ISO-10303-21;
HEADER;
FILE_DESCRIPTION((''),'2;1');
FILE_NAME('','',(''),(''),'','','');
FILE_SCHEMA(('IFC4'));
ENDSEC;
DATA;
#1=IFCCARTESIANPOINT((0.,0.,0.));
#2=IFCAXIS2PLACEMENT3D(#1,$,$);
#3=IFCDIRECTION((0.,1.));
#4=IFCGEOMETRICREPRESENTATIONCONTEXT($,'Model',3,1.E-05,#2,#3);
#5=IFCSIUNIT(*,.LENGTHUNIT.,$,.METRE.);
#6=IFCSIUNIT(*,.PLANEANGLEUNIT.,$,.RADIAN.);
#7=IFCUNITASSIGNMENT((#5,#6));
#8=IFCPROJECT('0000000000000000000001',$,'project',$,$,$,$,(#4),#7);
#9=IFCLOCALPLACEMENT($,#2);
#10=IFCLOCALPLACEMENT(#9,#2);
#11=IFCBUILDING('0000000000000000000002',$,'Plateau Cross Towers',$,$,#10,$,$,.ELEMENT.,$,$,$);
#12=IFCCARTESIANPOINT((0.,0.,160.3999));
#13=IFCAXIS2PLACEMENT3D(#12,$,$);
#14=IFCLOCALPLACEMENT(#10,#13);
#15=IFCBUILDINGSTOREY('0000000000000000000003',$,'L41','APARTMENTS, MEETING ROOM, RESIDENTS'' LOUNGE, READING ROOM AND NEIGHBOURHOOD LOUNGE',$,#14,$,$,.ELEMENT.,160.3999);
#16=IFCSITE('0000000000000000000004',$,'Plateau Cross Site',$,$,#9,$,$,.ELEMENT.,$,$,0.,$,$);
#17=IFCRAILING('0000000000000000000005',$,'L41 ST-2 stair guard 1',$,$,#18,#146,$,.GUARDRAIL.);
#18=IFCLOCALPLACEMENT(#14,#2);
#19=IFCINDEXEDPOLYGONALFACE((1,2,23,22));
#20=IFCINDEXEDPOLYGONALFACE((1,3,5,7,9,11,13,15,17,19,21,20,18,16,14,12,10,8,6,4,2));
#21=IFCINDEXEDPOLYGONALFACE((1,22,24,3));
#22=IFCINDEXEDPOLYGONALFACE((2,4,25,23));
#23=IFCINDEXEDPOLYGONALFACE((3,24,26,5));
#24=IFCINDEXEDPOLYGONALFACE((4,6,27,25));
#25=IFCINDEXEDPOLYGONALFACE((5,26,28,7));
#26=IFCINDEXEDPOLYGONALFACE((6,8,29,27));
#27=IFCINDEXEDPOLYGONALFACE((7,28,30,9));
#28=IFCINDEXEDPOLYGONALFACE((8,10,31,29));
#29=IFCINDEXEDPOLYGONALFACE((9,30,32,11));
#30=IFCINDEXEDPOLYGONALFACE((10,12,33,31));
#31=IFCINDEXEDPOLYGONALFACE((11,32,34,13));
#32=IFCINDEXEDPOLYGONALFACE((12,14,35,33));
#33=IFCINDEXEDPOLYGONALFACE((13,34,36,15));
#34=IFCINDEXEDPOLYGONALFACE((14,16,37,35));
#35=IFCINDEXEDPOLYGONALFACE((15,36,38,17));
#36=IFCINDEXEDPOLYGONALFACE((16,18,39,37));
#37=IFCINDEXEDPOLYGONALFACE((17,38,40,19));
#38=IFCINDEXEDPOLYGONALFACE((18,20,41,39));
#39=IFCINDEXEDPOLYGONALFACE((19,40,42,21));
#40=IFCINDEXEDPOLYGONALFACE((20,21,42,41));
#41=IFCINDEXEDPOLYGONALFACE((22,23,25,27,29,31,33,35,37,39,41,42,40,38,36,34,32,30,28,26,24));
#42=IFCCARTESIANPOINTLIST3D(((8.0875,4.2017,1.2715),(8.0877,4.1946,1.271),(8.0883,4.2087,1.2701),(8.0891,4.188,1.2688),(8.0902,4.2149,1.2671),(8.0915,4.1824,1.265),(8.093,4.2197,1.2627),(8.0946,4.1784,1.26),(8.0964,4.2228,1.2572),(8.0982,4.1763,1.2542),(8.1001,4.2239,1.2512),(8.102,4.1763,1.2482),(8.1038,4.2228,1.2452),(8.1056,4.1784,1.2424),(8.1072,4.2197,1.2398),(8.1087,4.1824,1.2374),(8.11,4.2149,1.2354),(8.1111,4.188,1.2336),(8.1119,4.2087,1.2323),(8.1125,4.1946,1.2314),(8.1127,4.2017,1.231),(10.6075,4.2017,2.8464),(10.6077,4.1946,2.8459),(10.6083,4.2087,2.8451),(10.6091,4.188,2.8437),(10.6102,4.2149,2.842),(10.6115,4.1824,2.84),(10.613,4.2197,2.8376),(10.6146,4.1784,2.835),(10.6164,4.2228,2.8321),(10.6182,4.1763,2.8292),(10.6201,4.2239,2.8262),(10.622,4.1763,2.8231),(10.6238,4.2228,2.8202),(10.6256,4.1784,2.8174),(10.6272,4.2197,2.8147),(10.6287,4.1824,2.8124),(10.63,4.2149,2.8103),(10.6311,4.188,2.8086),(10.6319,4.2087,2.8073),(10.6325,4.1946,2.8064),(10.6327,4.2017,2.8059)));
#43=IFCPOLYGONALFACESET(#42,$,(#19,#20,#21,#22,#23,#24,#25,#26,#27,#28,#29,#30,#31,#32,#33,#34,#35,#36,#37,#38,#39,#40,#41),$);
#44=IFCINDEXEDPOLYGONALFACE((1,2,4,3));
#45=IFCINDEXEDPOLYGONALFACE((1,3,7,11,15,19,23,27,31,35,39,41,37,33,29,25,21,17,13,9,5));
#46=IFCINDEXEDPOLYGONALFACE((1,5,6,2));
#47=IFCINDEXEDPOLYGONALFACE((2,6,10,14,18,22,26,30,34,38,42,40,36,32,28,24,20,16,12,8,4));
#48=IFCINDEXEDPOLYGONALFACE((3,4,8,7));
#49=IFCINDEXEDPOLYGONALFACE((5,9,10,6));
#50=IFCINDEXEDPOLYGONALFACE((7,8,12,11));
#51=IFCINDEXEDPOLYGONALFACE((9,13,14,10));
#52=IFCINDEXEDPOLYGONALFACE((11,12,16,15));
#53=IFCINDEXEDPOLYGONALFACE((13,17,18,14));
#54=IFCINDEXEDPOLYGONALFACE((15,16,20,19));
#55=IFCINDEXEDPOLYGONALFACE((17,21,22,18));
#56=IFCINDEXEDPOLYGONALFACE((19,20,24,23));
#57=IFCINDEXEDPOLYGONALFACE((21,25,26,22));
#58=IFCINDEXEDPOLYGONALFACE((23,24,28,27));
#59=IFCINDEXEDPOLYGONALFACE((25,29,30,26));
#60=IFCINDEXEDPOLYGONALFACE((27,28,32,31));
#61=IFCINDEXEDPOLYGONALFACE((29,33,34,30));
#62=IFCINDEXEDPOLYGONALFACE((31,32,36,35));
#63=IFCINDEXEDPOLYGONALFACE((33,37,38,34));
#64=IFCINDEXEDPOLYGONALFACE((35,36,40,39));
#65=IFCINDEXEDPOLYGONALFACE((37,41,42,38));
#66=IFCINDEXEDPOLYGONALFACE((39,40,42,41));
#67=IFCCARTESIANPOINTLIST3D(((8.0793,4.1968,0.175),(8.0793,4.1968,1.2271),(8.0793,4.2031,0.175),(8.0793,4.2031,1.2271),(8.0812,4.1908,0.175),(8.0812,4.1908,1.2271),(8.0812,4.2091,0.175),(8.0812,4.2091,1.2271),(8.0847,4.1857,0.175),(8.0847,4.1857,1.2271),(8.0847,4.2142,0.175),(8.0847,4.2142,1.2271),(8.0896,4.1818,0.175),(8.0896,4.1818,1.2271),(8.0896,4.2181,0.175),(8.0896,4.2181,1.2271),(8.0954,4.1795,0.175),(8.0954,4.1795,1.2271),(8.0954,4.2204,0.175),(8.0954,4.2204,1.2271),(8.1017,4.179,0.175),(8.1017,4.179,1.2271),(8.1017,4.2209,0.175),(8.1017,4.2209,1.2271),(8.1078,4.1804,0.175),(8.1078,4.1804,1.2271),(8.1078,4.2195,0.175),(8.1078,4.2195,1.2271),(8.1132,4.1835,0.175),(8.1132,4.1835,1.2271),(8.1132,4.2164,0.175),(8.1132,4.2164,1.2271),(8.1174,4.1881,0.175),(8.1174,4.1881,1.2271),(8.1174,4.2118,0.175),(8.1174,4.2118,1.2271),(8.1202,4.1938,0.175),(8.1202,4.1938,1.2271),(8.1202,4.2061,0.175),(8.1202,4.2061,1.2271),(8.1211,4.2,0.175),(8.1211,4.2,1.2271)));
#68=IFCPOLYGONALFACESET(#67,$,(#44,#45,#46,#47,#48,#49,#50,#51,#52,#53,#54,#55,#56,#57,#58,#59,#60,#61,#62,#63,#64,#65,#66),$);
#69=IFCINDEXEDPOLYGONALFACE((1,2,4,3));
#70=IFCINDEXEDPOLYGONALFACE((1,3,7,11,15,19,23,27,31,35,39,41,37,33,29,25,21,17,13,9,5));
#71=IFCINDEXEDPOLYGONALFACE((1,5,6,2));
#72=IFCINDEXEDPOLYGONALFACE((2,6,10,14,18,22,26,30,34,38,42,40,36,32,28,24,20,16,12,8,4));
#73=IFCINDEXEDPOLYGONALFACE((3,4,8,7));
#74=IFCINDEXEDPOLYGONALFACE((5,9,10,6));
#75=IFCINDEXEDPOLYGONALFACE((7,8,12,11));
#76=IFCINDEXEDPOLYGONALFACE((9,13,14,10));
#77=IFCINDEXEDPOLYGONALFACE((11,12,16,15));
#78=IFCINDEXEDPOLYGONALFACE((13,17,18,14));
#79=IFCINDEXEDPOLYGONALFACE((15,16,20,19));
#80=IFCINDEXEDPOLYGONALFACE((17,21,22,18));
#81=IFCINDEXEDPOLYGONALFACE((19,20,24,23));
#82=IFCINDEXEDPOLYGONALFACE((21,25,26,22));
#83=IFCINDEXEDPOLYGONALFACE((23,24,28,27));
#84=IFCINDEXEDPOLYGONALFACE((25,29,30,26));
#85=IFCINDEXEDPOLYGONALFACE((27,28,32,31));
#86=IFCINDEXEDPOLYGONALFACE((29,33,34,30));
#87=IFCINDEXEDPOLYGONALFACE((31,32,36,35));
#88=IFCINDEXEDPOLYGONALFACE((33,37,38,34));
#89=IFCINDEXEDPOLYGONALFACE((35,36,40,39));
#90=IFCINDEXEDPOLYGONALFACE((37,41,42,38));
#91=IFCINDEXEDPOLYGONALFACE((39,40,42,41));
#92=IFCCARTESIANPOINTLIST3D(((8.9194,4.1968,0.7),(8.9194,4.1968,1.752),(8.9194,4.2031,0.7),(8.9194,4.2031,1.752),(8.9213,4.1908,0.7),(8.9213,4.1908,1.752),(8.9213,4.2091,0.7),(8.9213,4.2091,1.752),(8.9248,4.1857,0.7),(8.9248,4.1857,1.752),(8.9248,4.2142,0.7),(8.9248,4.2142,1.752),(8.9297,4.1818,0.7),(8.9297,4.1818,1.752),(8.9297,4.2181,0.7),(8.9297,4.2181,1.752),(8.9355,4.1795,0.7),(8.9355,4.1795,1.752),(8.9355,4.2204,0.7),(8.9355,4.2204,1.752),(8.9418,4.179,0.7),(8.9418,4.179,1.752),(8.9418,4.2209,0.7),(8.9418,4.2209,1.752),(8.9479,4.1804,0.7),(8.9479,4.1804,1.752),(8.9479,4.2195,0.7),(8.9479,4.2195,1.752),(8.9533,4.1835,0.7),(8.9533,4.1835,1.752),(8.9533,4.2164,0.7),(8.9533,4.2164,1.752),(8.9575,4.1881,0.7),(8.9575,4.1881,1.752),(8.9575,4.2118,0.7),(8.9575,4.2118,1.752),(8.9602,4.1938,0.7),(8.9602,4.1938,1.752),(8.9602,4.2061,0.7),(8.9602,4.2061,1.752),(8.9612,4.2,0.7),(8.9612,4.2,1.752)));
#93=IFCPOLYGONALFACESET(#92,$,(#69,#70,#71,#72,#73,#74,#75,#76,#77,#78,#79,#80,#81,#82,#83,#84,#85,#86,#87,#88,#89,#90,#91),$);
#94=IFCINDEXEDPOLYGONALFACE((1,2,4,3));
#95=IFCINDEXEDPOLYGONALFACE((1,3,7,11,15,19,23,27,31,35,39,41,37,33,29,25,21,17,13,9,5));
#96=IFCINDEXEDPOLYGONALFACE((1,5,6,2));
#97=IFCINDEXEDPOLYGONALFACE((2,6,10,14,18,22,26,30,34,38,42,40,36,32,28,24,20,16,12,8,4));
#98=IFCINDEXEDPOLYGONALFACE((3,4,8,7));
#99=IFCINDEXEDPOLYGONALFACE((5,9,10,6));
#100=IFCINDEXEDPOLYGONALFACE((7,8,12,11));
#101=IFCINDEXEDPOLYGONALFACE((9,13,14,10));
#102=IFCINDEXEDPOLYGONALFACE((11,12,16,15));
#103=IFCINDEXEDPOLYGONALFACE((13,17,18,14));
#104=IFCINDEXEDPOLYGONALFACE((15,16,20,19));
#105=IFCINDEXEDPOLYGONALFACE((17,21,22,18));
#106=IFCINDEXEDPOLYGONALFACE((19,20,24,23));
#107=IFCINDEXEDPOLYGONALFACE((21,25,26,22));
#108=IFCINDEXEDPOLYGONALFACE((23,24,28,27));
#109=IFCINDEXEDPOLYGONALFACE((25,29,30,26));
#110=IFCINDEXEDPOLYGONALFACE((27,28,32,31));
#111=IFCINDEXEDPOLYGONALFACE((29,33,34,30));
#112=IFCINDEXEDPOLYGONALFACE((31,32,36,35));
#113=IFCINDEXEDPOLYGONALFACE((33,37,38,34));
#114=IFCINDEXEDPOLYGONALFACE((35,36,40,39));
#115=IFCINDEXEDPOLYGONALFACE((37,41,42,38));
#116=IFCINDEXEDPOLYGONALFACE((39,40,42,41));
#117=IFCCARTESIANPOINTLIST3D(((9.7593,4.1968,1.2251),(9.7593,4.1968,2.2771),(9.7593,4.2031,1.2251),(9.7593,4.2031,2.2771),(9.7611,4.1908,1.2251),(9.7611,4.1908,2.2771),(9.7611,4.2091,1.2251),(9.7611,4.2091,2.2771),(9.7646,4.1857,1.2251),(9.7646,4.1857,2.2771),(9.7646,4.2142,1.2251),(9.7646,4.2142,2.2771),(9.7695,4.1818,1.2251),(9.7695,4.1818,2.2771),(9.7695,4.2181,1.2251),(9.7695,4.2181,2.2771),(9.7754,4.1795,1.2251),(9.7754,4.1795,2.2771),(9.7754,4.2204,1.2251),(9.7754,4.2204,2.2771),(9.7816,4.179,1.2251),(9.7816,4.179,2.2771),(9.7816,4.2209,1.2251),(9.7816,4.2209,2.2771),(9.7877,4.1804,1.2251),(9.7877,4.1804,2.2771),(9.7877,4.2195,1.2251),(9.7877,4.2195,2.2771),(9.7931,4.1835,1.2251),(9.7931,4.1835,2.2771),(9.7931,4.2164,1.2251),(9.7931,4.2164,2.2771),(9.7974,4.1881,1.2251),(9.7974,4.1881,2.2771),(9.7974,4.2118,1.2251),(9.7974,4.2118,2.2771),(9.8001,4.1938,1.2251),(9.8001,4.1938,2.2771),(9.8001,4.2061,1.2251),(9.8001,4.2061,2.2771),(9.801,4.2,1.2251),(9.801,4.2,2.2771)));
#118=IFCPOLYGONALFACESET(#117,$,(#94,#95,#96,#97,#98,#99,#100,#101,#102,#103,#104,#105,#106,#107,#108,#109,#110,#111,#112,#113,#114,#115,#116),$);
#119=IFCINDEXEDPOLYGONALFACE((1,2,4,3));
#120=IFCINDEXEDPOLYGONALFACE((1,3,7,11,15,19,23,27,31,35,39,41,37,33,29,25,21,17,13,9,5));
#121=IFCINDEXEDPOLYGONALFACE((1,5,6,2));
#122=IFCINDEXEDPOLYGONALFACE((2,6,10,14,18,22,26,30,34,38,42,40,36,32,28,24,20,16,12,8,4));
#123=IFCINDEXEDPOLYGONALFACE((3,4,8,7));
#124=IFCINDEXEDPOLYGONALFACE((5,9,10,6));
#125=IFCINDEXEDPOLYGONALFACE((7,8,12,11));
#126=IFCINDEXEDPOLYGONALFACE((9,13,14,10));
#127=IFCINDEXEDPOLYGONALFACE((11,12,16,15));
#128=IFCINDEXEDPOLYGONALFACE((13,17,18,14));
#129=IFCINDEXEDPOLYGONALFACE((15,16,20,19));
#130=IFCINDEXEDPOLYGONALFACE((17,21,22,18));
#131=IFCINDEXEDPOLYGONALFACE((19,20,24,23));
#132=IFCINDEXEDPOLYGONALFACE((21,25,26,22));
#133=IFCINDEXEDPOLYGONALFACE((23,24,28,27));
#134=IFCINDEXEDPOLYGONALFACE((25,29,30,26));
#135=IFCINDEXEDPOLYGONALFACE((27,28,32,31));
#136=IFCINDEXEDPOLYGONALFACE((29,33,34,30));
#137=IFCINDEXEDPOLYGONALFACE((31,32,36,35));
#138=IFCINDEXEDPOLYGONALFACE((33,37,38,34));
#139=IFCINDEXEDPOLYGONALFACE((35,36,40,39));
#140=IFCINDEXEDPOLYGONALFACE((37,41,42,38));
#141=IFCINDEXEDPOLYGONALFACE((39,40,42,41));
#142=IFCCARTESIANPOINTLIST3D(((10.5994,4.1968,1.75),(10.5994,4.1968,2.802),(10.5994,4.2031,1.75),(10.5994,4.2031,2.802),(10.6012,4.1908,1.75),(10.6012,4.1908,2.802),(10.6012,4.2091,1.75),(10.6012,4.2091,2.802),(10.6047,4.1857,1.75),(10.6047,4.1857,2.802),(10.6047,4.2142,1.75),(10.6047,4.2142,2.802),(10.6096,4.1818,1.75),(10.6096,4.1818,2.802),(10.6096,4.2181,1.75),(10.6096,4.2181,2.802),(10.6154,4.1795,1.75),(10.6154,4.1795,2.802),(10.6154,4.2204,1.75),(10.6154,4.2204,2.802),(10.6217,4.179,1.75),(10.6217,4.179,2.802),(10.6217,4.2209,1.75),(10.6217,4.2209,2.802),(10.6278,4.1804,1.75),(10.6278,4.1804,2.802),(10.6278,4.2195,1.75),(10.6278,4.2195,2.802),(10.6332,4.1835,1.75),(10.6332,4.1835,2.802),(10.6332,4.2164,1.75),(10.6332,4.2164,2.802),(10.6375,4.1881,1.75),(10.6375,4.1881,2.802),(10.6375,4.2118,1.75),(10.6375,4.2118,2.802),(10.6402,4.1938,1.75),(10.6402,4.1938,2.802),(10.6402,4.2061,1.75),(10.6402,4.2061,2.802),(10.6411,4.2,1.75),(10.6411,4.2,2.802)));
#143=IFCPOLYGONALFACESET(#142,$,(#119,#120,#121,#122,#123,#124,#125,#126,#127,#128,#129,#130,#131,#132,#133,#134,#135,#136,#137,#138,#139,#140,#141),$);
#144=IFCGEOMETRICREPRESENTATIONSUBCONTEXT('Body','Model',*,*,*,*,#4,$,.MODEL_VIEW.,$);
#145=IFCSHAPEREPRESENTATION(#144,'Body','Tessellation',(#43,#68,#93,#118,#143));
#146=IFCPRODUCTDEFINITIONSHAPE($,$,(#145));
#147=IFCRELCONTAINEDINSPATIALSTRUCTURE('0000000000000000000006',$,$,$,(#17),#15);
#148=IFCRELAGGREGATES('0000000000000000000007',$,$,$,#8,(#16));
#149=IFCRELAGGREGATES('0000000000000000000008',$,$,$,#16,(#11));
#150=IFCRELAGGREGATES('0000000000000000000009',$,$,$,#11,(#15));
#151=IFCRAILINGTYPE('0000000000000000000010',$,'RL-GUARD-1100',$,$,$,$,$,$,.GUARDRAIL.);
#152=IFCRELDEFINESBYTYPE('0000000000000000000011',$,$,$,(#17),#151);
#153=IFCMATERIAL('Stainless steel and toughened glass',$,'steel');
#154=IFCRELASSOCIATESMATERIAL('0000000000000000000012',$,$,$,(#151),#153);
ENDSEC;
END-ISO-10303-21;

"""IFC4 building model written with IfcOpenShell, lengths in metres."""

from ifc_helpers import new_model, si_unit, direction, frame, origin, origin_2d, place, context, subcontext, project, spatial, circle, extrude, material, type_object, element, save


model = new_model("IFC4")

# Units and contexts
model_context = context("Model", 3, precision=1e-05, world=origin(), true_north=direction((0.0, 1.0)))
body_context = subcontext(model_context, "Body", "Model", "MODEL_VIEW")
ifc_project = project(units=[si_unit("LENGTHUNIT", "METRE"), si_unit("PLANEANGLEUNIT", "RADIAN")], contexts=[model_context])

# Site, building, storey
site_placement = place(None, origin())
site = spatial("IfcSite", under=ifc_project, at=site_placement, Name="Plateau Cross Site", CompositionType="ELEMENT", RefElevation=0.0)
building_placement = place(site_placement, origin())
building = spatial("IfcBuilding", under=site, at=building_placement, Name="Plateau Cross Towers", CompositionType="ELEMENT")
storey_placement = place(building_placement, frame((0.0, 0.0, 160.3999)))
storey = spatial("IfcBuildingStorey", under=building, at=storey_placement, Name="L41", Description="APARTMENTS, MEETING ROOM, RESIDENTS' LOUNGE, READING ROOM AND NEIGHBOURHOOD LOUNGE", CompositionType="ELEMENT", Elevation=160.3999)

# Railing
ifc_material_1 = material(Name="Stainless steel and toughened glass", Category="steel")
railing_type_1 = type_object("IfcRailingType", Name="RL-GUARD-1100", PredefinedType="GUARDRAIL", material=ifc_material_1)
railing_1_placement = place(storey_placement, frame((8.1001, 4.2, 0.175)))
element("IfcRailing", 1, at=railing_1_placement, inside=storey, type_object=railing_type_1, Name="L41 ST-2 stair guard 1", PredefinedType="GUARDRAIL", context=body_context, shape_type="SweptSolid", body=[
    extrude(circle(Radius=0.0239, at=origin_2d()), frame((0.0, 0.0, 1.0762), z_axis=(0.848008, 0.0, 0.529984), x_axis=(0.0, 1.0, 0.0)), (0.0, 0.0, 1.0), 2.9717),
    extrude(circle(Radius=0.021, at=origin_2d()), origin(), (0.0, 0.0, 1.0), 1.052),
    extrude(circle(Radius=0.021, at=origin_2d()), frame((0.8401, 0.0, 0.5249)), (0.0, 0.0, 1.0), 1.052),
    extrude(circle(Radius=0.021, at=origin_2d()), frame((1.6799, 0.0, 1.05)), (0.0, 0.0, 1.0), 1.052),
    extrude(circle(Radius=0.021, at=origin_2d()), frame((2.52, 0.0, 1.575)), (0.0, 0.0, 1.0), 1.052),
])

save(model, "model.ifc")
